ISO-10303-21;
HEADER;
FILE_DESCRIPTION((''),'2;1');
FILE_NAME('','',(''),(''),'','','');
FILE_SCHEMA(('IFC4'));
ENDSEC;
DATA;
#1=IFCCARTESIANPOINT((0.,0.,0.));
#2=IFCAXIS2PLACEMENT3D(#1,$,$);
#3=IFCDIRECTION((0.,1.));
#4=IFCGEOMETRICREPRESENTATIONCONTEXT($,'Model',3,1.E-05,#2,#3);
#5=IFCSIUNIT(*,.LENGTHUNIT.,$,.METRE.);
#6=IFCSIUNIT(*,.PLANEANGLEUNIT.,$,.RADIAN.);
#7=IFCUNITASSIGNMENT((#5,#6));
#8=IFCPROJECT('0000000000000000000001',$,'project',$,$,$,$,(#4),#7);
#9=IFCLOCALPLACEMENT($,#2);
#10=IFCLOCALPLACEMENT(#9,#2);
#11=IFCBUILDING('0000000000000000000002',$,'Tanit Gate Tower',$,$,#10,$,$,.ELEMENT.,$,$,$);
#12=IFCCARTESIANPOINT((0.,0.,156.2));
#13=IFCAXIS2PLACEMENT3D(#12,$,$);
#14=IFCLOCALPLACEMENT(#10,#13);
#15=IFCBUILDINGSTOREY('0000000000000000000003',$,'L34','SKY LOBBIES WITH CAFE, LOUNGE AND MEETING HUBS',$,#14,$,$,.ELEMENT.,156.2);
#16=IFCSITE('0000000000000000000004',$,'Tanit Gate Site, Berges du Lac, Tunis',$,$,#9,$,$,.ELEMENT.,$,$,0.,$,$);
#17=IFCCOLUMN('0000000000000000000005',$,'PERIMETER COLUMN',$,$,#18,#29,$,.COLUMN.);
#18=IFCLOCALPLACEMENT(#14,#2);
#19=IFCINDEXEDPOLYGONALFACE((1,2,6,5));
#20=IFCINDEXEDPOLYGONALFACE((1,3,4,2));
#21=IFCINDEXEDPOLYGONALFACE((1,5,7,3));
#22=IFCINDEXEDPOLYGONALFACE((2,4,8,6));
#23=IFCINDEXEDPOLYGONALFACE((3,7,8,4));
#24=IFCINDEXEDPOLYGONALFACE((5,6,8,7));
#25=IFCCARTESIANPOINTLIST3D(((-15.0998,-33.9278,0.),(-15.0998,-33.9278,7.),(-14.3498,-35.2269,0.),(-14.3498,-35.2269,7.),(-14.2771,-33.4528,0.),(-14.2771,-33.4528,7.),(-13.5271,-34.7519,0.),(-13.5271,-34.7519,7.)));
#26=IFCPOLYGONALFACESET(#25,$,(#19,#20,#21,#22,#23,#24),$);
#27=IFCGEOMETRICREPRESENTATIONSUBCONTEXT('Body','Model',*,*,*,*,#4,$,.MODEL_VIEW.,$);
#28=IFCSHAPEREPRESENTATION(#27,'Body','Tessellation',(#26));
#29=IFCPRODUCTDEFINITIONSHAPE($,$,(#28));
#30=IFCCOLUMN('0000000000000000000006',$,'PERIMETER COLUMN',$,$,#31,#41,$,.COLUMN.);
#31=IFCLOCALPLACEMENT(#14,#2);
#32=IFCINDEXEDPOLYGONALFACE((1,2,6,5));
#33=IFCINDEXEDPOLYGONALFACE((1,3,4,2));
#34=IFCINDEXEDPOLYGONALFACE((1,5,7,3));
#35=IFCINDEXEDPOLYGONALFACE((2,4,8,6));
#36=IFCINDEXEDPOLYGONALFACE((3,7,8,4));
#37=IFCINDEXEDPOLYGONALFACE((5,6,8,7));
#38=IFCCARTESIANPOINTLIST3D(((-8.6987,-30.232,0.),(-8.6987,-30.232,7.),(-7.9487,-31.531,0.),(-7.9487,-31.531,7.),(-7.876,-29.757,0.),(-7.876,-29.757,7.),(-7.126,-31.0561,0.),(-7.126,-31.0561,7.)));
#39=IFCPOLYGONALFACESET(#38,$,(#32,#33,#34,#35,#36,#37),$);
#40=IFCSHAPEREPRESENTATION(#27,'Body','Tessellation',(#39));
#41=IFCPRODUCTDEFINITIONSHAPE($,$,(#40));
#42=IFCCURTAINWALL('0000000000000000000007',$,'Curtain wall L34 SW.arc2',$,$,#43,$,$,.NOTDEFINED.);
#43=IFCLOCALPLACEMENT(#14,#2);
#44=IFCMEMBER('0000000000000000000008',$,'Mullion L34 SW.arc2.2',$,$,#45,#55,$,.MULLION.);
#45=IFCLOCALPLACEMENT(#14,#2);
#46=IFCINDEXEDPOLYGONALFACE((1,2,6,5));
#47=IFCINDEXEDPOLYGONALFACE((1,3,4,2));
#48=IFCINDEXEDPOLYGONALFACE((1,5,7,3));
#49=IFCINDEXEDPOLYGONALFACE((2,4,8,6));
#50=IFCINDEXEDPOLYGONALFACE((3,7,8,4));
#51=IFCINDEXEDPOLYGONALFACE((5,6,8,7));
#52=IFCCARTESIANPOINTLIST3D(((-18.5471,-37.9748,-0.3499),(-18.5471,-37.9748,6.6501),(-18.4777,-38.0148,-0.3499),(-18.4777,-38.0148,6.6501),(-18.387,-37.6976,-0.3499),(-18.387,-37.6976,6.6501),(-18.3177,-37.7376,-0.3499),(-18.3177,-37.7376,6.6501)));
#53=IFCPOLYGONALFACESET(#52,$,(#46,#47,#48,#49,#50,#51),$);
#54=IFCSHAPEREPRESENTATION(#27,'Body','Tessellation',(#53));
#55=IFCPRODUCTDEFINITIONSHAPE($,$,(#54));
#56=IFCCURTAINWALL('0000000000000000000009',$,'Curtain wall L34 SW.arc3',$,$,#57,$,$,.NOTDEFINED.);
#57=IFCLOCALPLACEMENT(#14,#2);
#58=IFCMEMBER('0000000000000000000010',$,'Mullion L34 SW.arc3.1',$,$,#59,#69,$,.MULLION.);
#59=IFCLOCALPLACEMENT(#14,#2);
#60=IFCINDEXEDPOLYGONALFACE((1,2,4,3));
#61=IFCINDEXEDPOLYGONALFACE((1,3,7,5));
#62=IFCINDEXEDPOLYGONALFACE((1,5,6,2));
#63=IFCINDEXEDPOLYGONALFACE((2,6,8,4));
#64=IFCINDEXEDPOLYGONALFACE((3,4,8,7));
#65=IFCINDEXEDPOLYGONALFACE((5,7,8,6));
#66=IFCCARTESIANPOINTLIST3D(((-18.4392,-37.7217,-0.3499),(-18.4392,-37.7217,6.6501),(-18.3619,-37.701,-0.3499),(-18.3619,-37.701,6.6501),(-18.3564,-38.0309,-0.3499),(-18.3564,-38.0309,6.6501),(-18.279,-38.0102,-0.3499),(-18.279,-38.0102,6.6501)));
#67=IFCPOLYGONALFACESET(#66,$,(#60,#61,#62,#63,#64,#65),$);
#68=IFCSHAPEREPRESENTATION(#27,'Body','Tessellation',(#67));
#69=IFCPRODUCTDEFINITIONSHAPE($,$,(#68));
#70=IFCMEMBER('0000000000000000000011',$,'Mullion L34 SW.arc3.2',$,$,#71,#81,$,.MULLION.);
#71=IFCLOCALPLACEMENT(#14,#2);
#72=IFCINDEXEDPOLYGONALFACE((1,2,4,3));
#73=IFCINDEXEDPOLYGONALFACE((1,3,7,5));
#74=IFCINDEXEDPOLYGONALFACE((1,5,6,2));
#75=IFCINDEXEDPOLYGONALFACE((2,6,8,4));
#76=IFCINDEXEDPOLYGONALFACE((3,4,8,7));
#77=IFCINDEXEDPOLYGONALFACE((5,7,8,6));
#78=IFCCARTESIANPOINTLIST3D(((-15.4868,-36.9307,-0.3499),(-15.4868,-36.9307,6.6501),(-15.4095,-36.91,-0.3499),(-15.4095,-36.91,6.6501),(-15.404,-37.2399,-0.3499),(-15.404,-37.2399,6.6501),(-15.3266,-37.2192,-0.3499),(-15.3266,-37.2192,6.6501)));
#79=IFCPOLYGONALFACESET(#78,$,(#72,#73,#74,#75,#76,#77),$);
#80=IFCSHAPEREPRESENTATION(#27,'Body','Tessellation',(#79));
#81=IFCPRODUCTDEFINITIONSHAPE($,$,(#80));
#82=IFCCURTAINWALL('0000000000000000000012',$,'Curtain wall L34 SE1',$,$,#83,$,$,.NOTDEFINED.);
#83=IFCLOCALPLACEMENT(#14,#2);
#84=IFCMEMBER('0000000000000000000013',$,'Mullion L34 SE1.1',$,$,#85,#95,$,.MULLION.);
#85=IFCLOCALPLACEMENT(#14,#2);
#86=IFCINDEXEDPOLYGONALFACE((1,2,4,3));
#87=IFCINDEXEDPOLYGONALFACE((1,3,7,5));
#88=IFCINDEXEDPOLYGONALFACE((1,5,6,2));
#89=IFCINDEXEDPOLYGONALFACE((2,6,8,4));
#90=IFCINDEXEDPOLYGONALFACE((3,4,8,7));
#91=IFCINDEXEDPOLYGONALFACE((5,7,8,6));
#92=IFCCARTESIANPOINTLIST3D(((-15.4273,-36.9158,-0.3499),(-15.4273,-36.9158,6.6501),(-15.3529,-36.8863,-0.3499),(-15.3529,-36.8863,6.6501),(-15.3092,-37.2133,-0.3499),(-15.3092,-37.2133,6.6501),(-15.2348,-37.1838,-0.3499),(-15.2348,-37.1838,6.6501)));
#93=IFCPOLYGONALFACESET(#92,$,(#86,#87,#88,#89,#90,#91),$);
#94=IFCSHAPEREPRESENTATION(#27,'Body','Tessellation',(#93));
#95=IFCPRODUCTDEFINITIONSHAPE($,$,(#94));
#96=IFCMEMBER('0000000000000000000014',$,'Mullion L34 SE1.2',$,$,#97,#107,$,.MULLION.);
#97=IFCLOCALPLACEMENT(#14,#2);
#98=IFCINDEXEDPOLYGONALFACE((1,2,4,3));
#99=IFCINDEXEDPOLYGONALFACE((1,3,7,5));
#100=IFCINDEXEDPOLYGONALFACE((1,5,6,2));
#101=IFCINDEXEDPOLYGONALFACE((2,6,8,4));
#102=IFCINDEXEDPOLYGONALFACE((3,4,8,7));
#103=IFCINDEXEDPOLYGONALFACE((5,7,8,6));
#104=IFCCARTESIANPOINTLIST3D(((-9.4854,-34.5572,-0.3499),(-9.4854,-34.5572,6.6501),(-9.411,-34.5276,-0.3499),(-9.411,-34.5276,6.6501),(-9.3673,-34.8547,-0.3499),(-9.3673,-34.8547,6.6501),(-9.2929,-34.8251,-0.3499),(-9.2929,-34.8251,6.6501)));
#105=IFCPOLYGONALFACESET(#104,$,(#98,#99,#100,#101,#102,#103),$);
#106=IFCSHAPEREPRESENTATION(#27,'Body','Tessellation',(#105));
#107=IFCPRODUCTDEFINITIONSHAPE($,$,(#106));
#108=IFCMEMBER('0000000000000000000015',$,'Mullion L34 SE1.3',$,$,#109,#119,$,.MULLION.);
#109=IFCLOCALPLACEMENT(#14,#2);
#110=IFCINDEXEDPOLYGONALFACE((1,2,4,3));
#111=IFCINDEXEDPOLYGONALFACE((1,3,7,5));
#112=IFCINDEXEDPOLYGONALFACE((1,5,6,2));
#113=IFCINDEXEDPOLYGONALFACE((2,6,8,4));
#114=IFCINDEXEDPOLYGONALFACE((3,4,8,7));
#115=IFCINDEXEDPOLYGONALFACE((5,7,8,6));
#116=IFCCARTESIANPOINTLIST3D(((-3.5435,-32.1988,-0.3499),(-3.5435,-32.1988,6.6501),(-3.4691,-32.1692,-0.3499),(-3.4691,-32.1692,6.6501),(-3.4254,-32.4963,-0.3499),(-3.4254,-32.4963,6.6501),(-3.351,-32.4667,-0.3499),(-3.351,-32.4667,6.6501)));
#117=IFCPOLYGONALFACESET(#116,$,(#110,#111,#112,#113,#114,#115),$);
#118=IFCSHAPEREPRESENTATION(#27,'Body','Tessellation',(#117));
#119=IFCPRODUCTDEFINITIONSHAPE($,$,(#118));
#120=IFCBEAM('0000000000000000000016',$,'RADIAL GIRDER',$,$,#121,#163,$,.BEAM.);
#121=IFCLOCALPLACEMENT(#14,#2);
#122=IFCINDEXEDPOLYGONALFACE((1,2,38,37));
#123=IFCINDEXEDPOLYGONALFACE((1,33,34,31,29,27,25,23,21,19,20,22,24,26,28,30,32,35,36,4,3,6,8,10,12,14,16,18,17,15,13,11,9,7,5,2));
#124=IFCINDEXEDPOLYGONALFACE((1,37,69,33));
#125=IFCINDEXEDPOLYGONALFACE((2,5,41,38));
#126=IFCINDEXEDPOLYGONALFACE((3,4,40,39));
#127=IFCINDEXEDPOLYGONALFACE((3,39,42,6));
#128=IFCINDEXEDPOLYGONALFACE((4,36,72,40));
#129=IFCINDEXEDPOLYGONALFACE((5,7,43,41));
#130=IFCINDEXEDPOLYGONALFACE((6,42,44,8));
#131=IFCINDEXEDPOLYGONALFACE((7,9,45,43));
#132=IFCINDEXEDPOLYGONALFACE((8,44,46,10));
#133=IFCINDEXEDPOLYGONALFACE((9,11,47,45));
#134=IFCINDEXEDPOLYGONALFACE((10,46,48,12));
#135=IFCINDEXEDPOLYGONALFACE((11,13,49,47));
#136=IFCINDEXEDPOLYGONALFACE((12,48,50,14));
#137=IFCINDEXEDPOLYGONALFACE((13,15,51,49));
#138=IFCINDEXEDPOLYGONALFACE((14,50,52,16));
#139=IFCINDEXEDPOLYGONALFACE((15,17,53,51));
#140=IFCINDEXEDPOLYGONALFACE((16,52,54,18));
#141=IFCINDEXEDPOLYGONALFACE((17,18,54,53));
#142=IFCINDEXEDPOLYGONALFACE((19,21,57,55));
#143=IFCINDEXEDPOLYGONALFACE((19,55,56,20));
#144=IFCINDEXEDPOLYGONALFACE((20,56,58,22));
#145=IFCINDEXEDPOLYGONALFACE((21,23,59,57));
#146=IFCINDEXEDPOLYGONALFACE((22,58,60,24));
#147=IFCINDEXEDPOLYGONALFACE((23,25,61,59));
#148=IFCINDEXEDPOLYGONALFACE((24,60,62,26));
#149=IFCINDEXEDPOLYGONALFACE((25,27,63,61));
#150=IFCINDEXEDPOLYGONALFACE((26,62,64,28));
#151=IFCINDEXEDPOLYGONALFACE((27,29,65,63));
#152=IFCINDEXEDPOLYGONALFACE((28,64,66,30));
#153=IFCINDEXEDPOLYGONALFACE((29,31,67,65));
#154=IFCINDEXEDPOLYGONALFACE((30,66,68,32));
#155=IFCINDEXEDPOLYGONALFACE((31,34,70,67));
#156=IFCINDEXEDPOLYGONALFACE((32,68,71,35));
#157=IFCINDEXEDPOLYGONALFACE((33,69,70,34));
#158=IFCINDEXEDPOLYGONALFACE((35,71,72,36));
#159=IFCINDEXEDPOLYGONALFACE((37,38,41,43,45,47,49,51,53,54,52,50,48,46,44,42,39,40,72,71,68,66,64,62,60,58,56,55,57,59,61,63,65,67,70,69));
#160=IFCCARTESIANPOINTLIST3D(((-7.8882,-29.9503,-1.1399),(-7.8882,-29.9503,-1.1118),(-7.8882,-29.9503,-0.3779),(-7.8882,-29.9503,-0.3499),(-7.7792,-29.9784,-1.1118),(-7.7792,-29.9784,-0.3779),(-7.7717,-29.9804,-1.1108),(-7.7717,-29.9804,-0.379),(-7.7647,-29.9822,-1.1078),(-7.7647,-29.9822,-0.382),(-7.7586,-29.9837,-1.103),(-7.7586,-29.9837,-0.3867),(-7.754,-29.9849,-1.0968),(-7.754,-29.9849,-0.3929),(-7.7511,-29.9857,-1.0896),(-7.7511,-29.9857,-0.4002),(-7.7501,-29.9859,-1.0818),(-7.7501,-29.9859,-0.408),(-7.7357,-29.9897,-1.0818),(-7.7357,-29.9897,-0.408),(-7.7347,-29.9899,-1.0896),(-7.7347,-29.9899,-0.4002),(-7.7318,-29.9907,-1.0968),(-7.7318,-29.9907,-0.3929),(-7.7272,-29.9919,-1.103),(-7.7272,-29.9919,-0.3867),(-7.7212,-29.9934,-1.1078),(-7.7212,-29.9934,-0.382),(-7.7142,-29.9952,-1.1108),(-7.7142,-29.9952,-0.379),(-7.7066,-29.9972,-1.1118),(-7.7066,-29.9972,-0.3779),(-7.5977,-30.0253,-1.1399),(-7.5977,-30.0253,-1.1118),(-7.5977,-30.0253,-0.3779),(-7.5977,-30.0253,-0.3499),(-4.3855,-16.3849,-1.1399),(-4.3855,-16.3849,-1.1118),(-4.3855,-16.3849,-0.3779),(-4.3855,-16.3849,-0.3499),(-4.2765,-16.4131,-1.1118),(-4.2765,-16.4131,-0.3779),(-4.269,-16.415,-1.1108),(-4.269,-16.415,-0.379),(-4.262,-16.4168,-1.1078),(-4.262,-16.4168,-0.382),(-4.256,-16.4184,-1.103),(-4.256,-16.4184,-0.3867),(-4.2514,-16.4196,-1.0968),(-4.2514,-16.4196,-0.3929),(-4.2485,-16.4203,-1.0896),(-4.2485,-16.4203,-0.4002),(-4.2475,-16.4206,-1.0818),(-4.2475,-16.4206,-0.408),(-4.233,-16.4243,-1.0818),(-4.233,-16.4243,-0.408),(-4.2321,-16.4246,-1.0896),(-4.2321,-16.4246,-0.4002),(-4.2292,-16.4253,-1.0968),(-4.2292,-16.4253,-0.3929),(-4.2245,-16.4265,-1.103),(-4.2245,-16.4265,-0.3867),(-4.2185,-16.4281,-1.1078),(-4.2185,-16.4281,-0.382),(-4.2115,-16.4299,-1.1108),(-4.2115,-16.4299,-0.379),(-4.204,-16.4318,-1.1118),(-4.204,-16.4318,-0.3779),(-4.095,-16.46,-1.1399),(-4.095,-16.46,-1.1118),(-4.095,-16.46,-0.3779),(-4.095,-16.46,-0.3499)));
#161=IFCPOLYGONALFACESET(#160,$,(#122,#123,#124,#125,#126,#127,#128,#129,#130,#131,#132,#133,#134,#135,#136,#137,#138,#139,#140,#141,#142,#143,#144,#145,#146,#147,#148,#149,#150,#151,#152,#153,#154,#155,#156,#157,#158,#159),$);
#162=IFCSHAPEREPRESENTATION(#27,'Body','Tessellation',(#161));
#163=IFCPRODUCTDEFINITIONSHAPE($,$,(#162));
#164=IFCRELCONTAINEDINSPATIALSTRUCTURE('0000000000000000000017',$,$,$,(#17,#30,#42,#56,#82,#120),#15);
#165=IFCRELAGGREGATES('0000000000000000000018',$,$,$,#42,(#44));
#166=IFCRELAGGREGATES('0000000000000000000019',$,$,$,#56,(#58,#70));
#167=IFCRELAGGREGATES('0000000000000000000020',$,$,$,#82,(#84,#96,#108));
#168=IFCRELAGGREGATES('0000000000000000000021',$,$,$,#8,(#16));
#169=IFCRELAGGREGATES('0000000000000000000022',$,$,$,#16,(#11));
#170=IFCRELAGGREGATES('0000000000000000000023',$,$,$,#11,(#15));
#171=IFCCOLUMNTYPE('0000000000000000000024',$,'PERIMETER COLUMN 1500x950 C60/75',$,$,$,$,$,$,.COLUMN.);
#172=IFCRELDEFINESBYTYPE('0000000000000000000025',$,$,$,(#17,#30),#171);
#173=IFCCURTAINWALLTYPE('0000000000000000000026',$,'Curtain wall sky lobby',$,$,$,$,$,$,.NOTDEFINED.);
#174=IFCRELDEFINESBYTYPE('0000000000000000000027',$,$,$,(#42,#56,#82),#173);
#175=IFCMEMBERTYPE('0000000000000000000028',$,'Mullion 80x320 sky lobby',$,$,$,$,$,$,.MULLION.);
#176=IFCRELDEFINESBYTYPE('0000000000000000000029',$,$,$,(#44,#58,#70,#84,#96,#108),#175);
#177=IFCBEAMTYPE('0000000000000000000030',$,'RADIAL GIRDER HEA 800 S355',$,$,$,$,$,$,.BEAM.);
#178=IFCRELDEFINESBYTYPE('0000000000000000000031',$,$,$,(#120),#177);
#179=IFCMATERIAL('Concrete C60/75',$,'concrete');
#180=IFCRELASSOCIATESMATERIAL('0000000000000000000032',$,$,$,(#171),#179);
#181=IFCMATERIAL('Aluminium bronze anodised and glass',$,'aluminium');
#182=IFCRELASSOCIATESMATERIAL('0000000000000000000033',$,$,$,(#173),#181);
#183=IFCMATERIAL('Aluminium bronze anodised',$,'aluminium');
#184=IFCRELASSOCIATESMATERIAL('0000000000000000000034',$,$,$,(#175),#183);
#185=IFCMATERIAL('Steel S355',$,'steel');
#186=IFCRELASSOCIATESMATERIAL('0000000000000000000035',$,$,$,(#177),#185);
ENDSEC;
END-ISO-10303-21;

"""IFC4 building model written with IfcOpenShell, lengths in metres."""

from ifc_helpers import new_model, si_unit, direction, frame, origin, origin_2d, place, context, subcontext, project, spatial, rectangle, i_section, extrude, material, material_profile, profile_set, type_object, element, aggregate, save


model = new_model("IFC4")

# Units and contexts
model_context = context("Model", 3, precision=1e-05, world=origin(), true_north=direction((0.0, 1.0)))
body_context = subcontext(model_context, "Body", "Model", "MODEL_VIEW")
ifc_project = project(units=[si_unit("LENGTHUNIT", "METRE"), si_unit("PLANEANGLEUNIT", "RADIAN")], contexts=[model_context])

# Site, building, storey
site_placement = place(None, origin())
site = spatial("IfcSite", under=ifc_project, at=site_placement, Name="Tanit Gate Site, Berges du Lac, Tunis", CompositionType="ELEMENT", RefElevation=0.0)
building_placement = place(site_placement, origin())
building = spatial("IfcBuilding", under=site, at=building_placement, Name="Tanit Gate Tower", CompositionType="ELEMENT")
storey_placement = place(building_placement, frame((0.0, 0.0, 156.2)))
storey = spatial("IfcBuildingStorey", under=building, at=storey_placement, Name="L34", Description="SKY LOBBIES WITH CAFE, LOUNGE AND MEETING HUBS", CompositionType="ELEMENT", Elevation=156.2)

# Columns
ifc_material_1 = material(Name="Concrete C60/75", Category="concrete")
ifc_material_profile_1 = material_profile(ifc_material_1, rectangle(XDim=1.5, YDim=0.95, at=origin_2d()), Name="RC 1500x950")
ifc_profile_set_1 = profile_set([ifc_material_profile_1], Name="Concrete C60/75")
column_type = type_object("IfcColumnType", Name="PERIMETER COLUMN 1500x950 C60/75", PredefinedType="COLUMN", material=ifc_profile_set_1)
for number, where, z_axis, x_axis, name in (
    (1, (-14.3135, -34.3398, 0.0), (0.0, 0.0, 1.0), (0.5, -0.866025, 0.0), "PERIMETER COLUMN"),
    (2, (-7.9124, -30.644, 0.0), (0.0, 0.0, 1.0), (0.5, -0.866025, 0.0), "PERIMETER COLUMN"),
):
    element("IfcColumn", number, at=place(storey_placement, frame(where, z_axis=z_axis, x_axis=x_axis)), inside=storey, type_object=column_type, Name=name, PredefinedType="COLUMN", context=body_context, shape_type="SweptSolid", body=[
        extrude(rectangle(XDim=1.5, YDim=0.95, at=origin_2d()), origin(), (0.0, 0.0, 1.0), 7.0),
    ])

# Curtain wall, member
ifc_material_2 = material(Name="Aluminium bronze anodised and glass", Category="aluminium")
curtain_wall_type = type_object("IfcCurtainWallType", Name="Curtain wall sky lobby", PredefinedType="NOTDEFINED", material=ifc_material_2)
curtain_wall_1_placement = place(storey_placement, origin())
curtain_wall_1 = element("IfcCurtainWall", 3, at=curtain_wall_1_placement, inside=storey, type_object=curtain_wall_type, Name="Curtain wall L34 SW.arc2", PredefinedType="NOTDEFINED")
ifc_material_3 = material(Name="Aluminium bronze anodised", Category="aluminium")
ifc_material_profile_2 = material_profile(ifc_material_3, rectangle(XDim=0.3201, YDim=0.0801, at=origin_2d()), Name="80x320 bronze mullion")
ifc_profile_set_2 = profile_set([ifc_material_profile_2], Name="Aluminium bronze anodised")
member_type_1 = type_object("IfcMemberType", Name="Mullion 80x320 sky lobby", PredefinedType="MULLION", material=ifc_profile_set_2)
member_1_placement = place(storey_placement, frame((-18.4324, -37.8562, -0.3499), z_axis=(0.0, 0.0, 1.0), x_axis=(0.5, 0.866025, 0.0)))
member_1 = element("IfcMember", 4, at=member_1_placement, type_object=member_type_1, Name="Mullion L34 SW.arc2.2", PredefinedType="MULLION", context=body_context, shape_type="SweptSolid", body=[
    extrude(rectangle(XDim=0.3201, YDim=0.0801, at=origin_2d()), origin(), (0.0, 0.0, 1.0), 7.0),
])
aggregate(curtain_wall_1, [member_1])

# Curtain walls, members
curtain_wall_2_placement = place(storey_placement, origin())
curtain_wall_2 = element("IfcCurtainWall", 5, at=curtain_wall_2_placement, inside=storey, type_object=curtain_wall_type, Name="Curtain wall L34 SW.arc3", PredefinedType="NOTDEFINED")
member_2_placement = place(storey_placement, frame((-18.3591, -37.866, -0.3499), z_axis=(0.0, 0.0, 1.0), x_axis=(-0.258819, 0.965926, 0.0)))
member_2 = element("IfcMember", 6, at=member_2_placement, type_object=member_type_1, Name="Mullion L34 SW.arc3.1", PredefinedType="MULLION", context=body_context, shape_type="SweptSolid", body=[
    extrude(rectangle(XDim=0.3201, YDim=0.0801, at=origin_2d()), origin(), (0.0, 0.0, 1.0), 7.0),
])
member_3_placement = place(storey_placement, frame((-15.4067, -37.075, -0.3499), z_axis=(0.0, 0.0, 1.0), x_axis=(-0.258819, 0.965926, 0.0)))
member_3 = element("IfcMember", 7, at=member_3_placement, type_object=member_type_1, Name="Mullion L34 SW.arc3.2", PredefinedType="MULLION", context=body_context, shape_type="SweptSolid", body=[
    extrude(rectangle(XDim=0.3201, YDim=0.0801, at=origin_2d()), origin(), (0.0, 0.0, 1.0), 7.0),
])
curtain_wall_3_placement = place(storey_placement, origin())
curtain_wall_3 = element("IfcCurtainWall", 8, at=curtain_wall_3_placement, inside=storey, type_object=curtain_wall_type, Name="Curtain wall L34 SE1", PredefinedType="NOTDEFINED")
member_4_placement = place(storey_placement, frame((-15.3311, -37.0498, -0.3499), z_axis=(0.0, 0.0, 1.0), x_axis=(-0.368938, 0.929454, 0.0)))
member_4 = element("IfcMember", 9, at=member_4_placement, type_object=member_type_1, Name="Mullion L34 SE1.1", PredefinedType="MULLION", context=body_context, shape_type="SweptSolid", body=[
    extrude(rectangle(XDim=0.3201, YDim=0.0801, at=origin_2d()), origin(), (0.0, 0.0, 1.0), 7.0),
])
member_5_placement = place(storey_placement, frame((-9.3892, -34.6912, -0.3499), z_axis=(0.0, 0.0, 1.0), x_axis=(-0.368938, 0.929454, 0.0)))
member_5 = element("IfcMember", 10, at=member_5_placement, type_object=member_type_1, Name="Mullion L34 SE1.2", PredefinedType="MULLION", context=body_context, shape_type="SweptSolid", body=[
    extrude(rectangle(XDim=0.3201, YDim=0.0801, at=origin_2d()), origin(), (0.0, 0.0, 1.0), 7.0),
])
member_6_placement = place(storey_placement, frame((-3.4473, -32.3328, -0.3499), z_axis=(0.0, 0.0, 1.0), x_axis=(-0.368938, 0.929454, 0.0)))
member_6 = element("IfcMember", 11, at=member_6_placement, type_object=member_type_1, Name="Mullion L34 SE1.3", PredefinedType="MULLION", context=body_context, shape_type="SweptSolid", body=[
    extrude(rectangle(XDim=0.3201, YDim=0.0801, at=origin_2d()), origin(), (0.0, 0.0, 1.0), 7.0),
])

# Beam
ifc_material_4 = material(Name="Steel S355", Category="steel")
ifc_material_profile_3 = material_profile(ifc_material_4, i_section(OverallWidth=0.3, OverallDepth=0.79, WebThickness=0.0149, FlangeThickness=0.0281, FilletRadius=0.03, at=origin_2d()), Name="HEA 800")
ifc_profile_set_3 = profile_set([ifc_material_profile_3], Name="Steel S355")
beam_type_1 = type_object("IfcBeamType", Name="RADIAL GIRDER HEA 800 S355", PredefinedType="BEAM", material=ifc_profile_set_3)
beam_1_placement = place(storey_placement, frame((-7.7429, -29.9878, -0.7449), z_axis=(0.250007, 0.968244, 0.0), x_axis=(-0.968244, 0.250007, 0.0)))
element("IfcBeam", 12, at=beam_1_placement, inside=storey, type_object=beam_type_1, Name="RADIAL GIRDER", PredefinedType="BEAM", context=body_context, shape_type="SweptSolid", body=[
    extrude(i_section(OverallWidth=0.3, OverallDepth=0.79, WebThickness=0.0149, FlangeThickness=0.0281, FilletRadius=0.03, at=origin_2d()), origin(), (0.0, 0.0, 1.0), 14.0103),
])

aggregate(curtain_wall_2, [member_2, member_3])
aggregate(curtain_wall_3, [member_4, member_5, member_6])

save(model, "model.ifc")
